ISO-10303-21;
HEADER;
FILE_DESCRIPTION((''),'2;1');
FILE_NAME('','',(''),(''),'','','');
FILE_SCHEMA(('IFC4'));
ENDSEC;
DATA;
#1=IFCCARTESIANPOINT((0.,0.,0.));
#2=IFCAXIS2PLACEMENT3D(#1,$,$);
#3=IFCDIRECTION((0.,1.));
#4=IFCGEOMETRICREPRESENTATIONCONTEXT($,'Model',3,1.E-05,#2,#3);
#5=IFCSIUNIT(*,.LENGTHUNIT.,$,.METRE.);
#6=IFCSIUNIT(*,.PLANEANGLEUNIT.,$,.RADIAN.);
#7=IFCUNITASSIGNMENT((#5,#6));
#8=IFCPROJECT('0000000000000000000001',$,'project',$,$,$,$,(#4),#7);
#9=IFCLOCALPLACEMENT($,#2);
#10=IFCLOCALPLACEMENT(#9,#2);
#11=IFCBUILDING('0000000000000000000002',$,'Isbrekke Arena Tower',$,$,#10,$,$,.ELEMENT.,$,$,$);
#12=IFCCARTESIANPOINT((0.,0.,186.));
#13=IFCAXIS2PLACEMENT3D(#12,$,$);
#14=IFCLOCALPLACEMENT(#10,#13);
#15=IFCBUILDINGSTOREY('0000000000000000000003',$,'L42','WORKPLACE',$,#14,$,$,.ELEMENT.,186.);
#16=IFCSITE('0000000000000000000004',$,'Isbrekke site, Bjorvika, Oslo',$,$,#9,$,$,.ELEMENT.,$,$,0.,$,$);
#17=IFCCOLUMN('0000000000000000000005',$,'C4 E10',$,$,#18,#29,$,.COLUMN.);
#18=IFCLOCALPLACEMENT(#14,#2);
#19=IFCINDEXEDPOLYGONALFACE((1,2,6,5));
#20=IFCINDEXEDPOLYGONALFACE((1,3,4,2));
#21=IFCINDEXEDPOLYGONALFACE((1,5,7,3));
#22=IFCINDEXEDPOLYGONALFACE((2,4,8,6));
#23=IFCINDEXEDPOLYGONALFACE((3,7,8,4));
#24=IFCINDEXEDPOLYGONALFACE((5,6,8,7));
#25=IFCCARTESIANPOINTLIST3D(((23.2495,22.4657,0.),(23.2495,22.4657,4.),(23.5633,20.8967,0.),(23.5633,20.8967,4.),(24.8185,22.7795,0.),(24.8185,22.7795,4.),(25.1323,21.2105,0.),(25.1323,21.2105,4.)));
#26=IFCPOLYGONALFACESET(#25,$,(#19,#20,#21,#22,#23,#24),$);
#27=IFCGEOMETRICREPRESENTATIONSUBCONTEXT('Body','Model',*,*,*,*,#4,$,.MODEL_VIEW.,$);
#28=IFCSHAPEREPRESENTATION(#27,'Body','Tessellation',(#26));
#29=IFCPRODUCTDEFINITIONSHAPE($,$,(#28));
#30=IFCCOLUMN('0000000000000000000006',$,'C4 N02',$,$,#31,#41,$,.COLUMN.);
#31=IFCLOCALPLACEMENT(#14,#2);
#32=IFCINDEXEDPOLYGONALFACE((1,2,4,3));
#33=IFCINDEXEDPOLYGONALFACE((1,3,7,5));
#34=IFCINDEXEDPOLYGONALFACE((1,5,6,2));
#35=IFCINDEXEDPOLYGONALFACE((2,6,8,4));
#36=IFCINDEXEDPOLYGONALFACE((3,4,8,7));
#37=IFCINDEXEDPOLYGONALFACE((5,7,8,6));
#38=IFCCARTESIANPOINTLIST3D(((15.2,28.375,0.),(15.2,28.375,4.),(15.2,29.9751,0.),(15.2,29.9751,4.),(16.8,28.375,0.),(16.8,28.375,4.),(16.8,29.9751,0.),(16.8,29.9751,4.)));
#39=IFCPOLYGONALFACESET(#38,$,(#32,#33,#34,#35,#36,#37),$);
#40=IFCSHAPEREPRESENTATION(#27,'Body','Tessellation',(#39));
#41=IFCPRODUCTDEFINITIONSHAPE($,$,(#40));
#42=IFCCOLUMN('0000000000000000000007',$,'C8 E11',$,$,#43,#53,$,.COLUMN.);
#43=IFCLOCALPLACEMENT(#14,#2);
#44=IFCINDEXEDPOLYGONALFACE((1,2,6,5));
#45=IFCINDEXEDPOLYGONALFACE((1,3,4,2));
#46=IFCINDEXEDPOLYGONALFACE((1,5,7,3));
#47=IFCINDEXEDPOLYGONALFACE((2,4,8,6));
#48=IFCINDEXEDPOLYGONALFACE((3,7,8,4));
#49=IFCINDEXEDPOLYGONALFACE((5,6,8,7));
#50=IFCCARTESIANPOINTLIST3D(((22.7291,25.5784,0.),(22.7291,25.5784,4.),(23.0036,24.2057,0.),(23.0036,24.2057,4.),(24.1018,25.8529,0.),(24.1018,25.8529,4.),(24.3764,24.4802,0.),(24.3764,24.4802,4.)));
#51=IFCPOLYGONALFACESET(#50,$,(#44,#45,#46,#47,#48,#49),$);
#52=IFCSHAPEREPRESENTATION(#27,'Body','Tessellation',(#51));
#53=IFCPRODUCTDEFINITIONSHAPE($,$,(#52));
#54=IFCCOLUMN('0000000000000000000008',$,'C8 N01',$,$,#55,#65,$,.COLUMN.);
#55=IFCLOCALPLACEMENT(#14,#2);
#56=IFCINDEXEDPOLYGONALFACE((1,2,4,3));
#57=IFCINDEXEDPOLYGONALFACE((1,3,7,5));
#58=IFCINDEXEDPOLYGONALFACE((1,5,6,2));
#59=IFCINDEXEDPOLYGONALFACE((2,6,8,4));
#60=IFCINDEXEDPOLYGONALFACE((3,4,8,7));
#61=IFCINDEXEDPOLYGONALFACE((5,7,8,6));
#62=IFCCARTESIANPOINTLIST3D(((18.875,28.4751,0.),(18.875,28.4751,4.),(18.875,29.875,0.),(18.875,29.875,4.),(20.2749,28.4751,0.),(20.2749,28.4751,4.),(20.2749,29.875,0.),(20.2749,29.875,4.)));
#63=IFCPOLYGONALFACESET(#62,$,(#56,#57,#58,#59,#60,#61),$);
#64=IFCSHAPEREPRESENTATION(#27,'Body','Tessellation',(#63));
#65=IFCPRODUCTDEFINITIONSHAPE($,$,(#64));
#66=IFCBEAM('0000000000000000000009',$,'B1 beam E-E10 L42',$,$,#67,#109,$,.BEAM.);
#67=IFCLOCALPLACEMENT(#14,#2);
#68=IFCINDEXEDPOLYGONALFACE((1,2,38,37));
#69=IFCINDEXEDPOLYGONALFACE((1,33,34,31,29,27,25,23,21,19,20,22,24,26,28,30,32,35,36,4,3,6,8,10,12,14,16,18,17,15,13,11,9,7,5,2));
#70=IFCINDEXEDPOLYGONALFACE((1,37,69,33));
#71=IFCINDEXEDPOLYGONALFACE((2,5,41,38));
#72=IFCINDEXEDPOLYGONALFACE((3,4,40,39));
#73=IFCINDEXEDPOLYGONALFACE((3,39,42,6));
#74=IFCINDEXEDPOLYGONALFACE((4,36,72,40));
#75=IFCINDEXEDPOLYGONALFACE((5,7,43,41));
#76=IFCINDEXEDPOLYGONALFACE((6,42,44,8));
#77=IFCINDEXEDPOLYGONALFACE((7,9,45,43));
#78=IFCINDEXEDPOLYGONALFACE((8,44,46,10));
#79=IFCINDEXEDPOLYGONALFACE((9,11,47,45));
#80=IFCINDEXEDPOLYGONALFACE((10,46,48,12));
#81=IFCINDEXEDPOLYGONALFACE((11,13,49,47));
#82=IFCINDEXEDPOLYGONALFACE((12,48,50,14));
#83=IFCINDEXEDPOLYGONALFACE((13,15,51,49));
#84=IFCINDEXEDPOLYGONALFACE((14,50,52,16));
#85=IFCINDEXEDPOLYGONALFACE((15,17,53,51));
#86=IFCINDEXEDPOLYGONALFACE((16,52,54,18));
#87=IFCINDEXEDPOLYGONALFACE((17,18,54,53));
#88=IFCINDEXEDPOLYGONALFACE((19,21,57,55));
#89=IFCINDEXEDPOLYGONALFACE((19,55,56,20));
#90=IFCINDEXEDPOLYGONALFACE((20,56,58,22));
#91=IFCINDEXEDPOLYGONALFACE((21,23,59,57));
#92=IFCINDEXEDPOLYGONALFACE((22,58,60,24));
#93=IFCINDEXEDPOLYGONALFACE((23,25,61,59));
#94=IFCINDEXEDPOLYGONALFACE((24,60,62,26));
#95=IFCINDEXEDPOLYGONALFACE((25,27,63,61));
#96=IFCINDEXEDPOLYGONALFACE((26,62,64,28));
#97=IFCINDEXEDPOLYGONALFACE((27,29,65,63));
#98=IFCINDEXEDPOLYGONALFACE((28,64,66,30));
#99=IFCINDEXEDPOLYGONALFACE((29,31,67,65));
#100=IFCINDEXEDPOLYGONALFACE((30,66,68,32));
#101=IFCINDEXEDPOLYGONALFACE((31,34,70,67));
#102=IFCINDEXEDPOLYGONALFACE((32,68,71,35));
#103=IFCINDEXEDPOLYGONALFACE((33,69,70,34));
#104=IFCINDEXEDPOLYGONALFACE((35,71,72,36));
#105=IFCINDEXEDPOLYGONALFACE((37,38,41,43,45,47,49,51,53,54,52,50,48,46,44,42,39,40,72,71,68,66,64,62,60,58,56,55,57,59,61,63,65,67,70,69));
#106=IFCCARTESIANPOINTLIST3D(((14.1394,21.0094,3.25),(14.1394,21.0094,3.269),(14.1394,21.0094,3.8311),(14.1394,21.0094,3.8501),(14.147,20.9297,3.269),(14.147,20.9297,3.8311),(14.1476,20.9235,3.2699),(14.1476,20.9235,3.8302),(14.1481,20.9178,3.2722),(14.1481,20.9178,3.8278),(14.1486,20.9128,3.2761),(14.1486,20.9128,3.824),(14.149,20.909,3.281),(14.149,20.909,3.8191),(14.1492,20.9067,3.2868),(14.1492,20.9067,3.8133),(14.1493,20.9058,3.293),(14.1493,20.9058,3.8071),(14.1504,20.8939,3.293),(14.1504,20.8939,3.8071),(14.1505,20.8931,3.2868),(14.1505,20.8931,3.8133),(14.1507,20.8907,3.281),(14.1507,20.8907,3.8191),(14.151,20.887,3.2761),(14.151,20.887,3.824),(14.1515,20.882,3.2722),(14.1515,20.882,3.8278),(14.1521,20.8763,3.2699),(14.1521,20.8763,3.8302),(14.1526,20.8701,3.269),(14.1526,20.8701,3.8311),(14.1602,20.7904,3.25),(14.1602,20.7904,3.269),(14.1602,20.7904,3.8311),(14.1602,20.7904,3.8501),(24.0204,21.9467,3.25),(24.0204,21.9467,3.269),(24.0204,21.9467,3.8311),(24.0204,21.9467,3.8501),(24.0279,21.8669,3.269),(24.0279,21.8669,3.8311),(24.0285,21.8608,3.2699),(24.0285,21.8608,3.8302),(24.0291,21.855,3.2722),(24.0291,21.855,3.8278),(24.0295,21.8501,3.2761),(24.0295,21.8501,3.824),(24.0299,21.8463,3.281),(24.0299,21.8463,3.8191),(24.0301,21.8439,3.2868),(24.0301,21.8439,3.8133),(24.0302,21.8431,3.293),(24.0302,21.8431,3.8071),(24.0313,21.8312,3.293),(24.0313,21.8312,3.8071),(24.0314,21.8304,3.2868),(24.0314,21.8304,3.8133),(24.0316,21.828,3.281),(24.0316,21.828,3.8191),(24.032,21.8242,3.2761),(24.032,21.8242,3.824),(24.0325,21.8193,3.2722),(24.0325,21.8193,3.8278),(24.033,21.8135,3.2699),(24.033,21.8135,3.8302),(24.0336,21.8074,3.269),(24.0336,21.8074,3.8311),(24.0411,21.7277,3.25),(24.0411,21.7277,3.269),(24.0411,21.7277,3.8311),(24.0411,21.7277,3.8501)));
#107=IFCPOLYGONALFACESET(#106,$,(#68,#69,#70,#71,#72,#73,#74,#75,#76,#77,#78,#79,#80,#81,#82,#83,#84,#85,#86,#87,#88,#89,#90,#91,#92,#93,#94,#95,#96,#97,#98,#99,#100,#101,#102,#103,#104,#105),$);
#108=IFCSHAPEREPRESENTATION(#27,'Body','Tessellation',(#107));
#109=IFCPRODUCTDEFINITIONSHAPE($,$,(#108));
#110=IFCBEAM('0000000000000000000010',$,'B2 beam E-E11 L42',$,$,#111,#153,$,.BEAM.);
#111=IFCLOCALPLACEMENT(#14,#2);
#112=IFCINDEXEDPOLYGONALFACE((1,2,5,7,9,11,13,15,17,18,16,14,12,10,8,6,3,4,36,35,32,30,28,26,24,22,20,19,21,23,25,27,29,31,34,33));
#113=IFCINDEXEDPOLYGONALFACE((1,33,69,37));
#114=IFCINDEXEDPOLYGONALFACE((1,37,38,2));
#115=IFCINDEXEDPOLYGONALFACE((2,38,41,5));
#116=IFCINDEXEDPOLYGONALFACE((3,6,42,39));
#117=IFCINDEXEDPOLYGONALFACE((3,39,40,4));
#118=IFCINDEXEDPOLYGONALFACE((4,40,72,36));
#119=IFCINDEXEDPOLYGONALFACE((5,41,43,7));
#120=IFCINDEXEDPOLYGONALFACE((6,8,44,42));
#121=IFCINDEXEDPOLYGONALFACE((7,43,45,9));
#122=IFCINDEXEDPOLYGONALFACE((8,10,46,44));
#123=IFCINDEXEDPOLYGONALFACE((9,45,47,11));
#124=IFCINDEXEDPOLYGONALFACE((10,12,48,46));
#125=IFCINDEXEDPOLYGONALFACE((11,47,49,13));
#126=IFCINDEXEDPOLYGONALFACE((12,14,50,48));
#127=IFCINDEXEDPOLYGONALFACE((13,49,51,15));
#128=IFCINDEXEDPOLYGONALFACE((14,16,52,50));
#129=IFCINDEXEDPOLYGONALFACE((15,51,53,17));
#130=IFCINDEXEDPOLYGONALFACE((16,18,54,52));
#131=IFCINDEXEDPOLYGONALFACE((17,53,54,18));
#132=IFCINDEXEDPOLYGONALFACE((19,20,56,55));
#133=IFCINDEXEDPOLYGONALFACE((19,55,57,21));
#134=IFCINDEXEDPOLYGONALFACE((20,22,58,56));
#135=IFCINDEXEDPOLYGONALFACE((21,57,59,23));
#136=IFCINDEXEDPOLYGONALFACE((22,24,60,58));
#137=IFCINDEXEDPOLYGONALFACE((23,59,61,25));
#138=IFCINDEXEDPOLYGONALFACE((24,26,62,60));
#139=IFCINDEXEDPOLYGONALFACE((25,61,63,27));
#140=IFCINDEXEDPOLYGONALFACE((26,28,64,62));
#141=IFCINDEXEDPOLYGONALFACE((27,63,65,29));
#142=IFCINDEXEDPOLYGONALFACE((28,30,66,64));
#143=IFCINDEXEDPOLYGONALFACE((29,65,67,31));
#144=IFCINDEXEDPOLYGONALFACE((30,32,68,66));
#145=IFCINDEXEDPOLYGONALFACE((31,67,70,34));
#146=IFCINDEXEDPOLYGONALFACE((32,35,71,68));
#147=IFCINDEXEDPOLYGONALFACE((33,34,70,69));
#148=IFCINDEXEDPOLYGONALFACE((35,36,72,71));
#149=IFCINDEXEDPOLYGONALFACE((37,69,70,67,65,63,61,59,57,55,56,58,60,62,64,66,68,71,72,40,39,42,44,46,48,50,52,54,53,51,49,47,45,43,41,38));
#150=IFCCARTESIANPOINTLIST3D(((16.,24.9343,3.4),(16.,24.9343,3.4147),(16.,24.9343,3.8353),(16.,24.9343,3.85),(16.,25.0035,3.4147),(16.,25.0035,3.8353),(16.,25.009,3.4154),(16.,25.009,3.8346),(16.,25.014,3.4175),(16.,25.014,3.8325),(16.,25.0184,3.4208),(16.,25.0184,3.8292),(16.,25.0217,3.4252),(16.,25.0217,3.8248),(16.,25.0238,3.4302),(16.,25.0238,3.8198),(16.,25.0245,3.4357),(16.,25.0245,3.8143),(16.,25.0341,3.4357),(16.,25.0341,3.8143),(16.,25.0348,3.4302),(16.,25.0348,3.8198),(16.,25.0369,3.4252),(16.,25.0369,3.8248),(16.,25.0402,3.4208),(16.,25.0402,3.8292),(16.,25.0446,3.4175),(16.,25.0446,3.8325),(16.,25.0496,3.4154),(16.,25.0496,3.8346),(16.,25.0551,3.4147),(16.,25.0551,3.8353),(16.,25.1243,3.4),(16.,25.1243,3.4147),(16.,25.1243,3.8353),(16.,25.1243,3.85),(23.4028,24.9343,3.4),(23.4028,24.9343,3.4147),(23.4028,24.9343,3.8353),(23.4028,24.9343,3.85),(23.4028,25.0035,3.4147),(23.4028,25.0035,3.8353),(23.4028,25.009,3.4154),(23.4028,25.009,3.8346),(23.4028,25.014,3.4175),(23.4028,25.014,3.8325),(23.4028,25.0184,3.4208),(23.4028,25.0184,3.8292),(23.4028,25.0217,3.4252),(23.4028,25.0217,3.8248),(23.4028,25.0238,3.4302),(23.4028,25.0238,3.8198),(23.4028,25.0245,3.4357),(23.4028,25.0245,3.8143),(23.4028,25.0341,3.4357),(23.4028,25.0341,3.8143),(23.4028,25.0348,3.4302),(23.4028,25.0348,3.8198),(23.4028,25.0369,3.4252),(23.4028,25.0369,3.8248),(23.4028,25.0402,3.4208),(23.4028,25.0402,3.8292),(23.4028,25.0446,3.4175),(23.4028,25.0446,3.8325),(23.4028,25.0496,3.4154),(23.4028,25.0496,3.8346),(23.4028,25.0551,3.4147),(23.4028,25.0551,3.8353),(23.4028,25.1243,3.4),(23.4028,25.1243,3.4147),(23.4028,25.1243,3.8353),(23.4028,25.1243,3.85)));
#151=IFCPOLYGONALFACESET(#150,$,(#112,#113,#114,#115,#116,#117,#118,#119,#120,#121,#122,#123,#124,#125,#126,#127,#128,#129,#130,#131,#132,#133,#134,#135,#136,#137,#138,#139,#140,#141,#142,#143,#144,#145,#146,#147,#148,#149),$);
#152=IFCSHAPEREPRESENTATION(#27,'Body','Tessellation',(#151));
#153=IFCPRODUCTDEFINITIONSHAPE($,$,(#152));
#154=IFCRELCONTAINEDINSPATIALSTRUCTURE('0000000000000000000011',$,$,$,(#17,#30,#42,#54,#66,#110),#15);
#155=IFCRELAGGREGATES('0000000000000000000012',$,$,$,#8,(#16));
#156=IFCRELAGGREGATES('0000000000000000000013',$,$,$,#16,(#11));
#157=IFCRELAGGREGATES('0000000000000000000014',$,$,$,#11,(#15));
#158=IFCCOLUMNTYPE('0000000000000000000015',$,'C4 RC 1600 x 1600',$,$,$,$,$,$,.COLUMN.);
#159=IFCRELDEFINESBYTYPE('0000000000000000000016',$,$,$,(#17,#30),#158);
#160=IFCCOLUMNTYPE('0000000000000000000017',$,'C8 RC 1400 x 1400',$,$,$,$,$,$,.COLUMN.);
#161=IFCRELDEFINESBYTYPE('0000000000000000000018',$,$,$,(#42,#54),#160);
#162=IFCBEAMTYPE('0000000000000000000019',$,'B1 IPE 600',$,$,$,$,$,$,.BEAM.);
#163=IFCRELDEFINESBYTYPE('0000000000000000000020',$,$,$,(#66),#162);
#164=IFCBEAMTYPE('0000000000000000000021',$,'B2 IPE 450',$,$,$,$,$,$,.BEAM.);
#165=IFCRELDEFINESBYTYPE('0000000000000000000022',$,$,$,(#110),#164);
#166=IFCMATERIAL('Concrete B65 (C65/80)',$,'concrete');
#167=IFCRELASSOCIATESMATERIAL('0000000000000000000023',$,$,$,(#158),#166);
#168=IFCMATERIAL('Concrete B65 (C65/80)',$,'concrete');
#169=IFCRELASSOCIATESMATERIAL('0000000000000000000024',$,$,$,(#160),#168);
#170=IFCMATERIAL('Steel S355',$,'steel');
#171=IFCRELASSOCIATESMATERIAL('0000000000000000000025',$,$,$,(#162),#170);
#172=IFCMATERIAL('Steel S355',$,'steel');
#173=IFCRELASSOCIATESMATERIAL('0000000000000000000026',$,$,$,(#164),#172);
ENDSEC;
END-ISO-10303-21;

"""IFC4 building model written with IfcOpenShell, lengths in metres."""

from ifc_helpers import new_model, si_unit, direction, frame, origin, origin_2d, place, context, subcontext, project, spatial, rectangle, i_section, extrude, material, material_profile, profile_set, type_object, element, save


model = new_model("IFC4")

# Units and contexts
model_context = context("Model", 3, precision=1e-05, world=origin(), true_north=direction((0.0, 1.0)))
body_context = subcontext(model_context, "Body", "Model", "MODEL_VIEW")
ifc_project = project(units=[si_unit("LENGTHUNIT", "METRE"), si_unit("PLANEANGLEUNIT", "RADIAN")], contexts=[model_context])

# Site, building, storey
site_placement = place(None, origin())
site = spatial("IfcSite", under=ifc_project, at=site_placement, Name="Isbrekke site, Bjorvika, Oslo", CompositionType="ELEMENT", RefElevation=0.0)
building_placement = place(site_placement, origin())
building = spatial("IfcBuilding", under=site, at=building_placement, Name="Isbrekke Arena Tower", CompositionType="ELEMENT")
storey_placement = place(building_placement, frame((0.0, 0.0, 186.0)))
storey = spatial("IfcBuildingStorey", under=building, at=storey_placement, Name="L42", Description="WORKPLACE", CompositionType="ELEMENT", Elevation=186.0)

# Columns
ifc_material_1 = material(Name="Concrete B65 (C65/80)", Category="concrete")
ifc_material_profile_1 = material_profile(ifc_material_1, rectangle(XDim=1.6001, YDim=1.6001, at=origin_2d()), Name="RC 1600x1600")
ifc_profile_set_1 = profile_set([ifc_material_profile_1], Name="Concrete B65 (C65/80)")
column_type_1 = type_object("IfcColumnType", Name="C4 RC 1600 x 1600", PredefinedType="COLUMN", material=ifc_profile_set_1)
for number, where, z_axis, x_axis, name in (
    (1, (24.1909, 21.8381, 0.0), (0.0, 0.0, 1.0), (-0.196116, 0.980581, 0.0), "C4 E10"),
    (2, (16.0, 29.175, 0.0), (0.0, 0.0, 1.0), (-1.0, 0.0, 0.0), "C4 N02"),
):
    element("IfcColumn", number, at=place(storey_placement, frame(where, z_axis=z_axis, x_axis=x_axis)), inside=storey, type_object=column_type_1, Name=name, PredefinedType="COLUMN", context=body_context, shape_type="SweptSolid", body=[
        extrude(rectangle(XDim=1.6001, YDim=1.6001, at=origin_2d()), origin(), (0.0, 0.0, 1.0), 4.0),
    ])
ifc_material_2 = material(Name="Concrete B65 (C65/80)", Category="concrete")
ifc_material_profile_2 = material_profile(ifc_material_2, rectangle(XDim=1.3999, YDim=1.3999, at=origin_2d()), Name="RC 1400x1400")
ifc_profile_set_2 = profile_set([ifc_material_profile_2], Name="Concrete B65 (C65/80)")
column_type_2 = type_object("IfcColumnType", Name="C8 RC 1400 x 1400", PredefinedType="COLUMN", material=ifc_profile_set_2)
for number, where, z_axis, x_axis, name in (
    (3, (23.5527, 25.0293, 0.0), (0.0, 0.0, 1.0), (-0.196116, 0.980581, 0.0), "C8 E11"),
    (4, (19.575, 29.175, 0.0), (0.0, 0.0, 1.0), (-1.0, 0.0, 0.0), "C8 N01"),
):
    element("IfcColumn", number, at=place(storey_placement, frame(where, z_axis=z_axis, x_axis=x_axis)), inside=storey, type_object=column_type_2, Name=name, PredefinedType="COLUMN", context=body_context, shape_type="SweptSolid", body=[
        extrude(rectangle(XDim=1.3999, YDim=1.3999, at=origin_2d()), origin(), (0.0, 0.0, 1.0), 4.0),
    ])

# Beams
ifc_material_3 = material(Name="Steel S355", Category="steel")
ifc_material_profile_3 = material_profile(ifc_material_3, i_section(OverallWidth=0.22, OverallDepth=0.6001, WebThickness=0.012, FlangeThickness=0.019, FilletRadius=0.0239, at=origin_2d()), Name="IPE 600")
ifc_profile_set_3 = profile_set([ifc_material_profile_3], Name="Steel S355")
beam_type_1 = type_object("IfcBeamType", Name="B1 IPE 600", PredefinedType="BEAM", material=ifc_profile_set_3)
beam_1_placement = place(storey_placement, frame((24.0308, 21.8372, 3.55), z_axis=(-0.995531, -0.094432, 0.0), x_axis=(0.094432, -0.995531, 0.0)))
element("IfcBeam", 5, at=beam_1_placement, inside=storey, type_object=beam_type_1, Name="B1 beam E-E10 L42", PredefinedType="BEAM", context=body_context, shape_type="SweptSolid", body=[
    extrude(i_section(OverallWidth=0.22, OverallDepth=0.6001, WebThickness=0.012, FlangeThickness=0.019, FilletRadius=0.0239, at=origin_2d()), origin(), (0.0, 0.0, 1.0), 9.9253),
])
ifc_material_4 = material(Name="Steel S355", Category="steel")
ifc_material_profile_4 = material_profile(ifc_material_4, i_section(OverallWidth=0.1899, OverallDepth=0.45, WebThickness=0.0095, FlangeThickness=0.0146, FilletRadius=0.021, at=origin_2d()), Name="IPE 450")
ifc_profile_set_4 = profile_set([ifc_material_profile_4], Name="Steel S355")
beam_type_2 = type_object("IfcBeamType", Name="B2 IPE 450", PredefinedType="BEAM", material=ifc_profile_set_4)
beam_2_placement = place(storey_placement, frame((23.4028, 25.0293, 3.625), z_axis=(-1.0, 0.0, 0.0), x_axis=(0.0, -1.0, 0.0)))
element("IfcBeam", 6, at=beam_2_placement, inside=storey, type_object=beam_type_2, Name="B2 beam E-E11 L42", PredefinedType="BEAM", context=body_context, shape_type="SweptSolid", body=[
    extrude(i_section(OverallWidth=0.1899, OverallDepth=0.45, WebThickness=0.0095, FlangeThickness=0.0146, FilletRadius=0.021, at=origin_2d()), origin(), (0.0, 0.0, 1.0), 7.4028),
])

save(model, "model.ifc")
